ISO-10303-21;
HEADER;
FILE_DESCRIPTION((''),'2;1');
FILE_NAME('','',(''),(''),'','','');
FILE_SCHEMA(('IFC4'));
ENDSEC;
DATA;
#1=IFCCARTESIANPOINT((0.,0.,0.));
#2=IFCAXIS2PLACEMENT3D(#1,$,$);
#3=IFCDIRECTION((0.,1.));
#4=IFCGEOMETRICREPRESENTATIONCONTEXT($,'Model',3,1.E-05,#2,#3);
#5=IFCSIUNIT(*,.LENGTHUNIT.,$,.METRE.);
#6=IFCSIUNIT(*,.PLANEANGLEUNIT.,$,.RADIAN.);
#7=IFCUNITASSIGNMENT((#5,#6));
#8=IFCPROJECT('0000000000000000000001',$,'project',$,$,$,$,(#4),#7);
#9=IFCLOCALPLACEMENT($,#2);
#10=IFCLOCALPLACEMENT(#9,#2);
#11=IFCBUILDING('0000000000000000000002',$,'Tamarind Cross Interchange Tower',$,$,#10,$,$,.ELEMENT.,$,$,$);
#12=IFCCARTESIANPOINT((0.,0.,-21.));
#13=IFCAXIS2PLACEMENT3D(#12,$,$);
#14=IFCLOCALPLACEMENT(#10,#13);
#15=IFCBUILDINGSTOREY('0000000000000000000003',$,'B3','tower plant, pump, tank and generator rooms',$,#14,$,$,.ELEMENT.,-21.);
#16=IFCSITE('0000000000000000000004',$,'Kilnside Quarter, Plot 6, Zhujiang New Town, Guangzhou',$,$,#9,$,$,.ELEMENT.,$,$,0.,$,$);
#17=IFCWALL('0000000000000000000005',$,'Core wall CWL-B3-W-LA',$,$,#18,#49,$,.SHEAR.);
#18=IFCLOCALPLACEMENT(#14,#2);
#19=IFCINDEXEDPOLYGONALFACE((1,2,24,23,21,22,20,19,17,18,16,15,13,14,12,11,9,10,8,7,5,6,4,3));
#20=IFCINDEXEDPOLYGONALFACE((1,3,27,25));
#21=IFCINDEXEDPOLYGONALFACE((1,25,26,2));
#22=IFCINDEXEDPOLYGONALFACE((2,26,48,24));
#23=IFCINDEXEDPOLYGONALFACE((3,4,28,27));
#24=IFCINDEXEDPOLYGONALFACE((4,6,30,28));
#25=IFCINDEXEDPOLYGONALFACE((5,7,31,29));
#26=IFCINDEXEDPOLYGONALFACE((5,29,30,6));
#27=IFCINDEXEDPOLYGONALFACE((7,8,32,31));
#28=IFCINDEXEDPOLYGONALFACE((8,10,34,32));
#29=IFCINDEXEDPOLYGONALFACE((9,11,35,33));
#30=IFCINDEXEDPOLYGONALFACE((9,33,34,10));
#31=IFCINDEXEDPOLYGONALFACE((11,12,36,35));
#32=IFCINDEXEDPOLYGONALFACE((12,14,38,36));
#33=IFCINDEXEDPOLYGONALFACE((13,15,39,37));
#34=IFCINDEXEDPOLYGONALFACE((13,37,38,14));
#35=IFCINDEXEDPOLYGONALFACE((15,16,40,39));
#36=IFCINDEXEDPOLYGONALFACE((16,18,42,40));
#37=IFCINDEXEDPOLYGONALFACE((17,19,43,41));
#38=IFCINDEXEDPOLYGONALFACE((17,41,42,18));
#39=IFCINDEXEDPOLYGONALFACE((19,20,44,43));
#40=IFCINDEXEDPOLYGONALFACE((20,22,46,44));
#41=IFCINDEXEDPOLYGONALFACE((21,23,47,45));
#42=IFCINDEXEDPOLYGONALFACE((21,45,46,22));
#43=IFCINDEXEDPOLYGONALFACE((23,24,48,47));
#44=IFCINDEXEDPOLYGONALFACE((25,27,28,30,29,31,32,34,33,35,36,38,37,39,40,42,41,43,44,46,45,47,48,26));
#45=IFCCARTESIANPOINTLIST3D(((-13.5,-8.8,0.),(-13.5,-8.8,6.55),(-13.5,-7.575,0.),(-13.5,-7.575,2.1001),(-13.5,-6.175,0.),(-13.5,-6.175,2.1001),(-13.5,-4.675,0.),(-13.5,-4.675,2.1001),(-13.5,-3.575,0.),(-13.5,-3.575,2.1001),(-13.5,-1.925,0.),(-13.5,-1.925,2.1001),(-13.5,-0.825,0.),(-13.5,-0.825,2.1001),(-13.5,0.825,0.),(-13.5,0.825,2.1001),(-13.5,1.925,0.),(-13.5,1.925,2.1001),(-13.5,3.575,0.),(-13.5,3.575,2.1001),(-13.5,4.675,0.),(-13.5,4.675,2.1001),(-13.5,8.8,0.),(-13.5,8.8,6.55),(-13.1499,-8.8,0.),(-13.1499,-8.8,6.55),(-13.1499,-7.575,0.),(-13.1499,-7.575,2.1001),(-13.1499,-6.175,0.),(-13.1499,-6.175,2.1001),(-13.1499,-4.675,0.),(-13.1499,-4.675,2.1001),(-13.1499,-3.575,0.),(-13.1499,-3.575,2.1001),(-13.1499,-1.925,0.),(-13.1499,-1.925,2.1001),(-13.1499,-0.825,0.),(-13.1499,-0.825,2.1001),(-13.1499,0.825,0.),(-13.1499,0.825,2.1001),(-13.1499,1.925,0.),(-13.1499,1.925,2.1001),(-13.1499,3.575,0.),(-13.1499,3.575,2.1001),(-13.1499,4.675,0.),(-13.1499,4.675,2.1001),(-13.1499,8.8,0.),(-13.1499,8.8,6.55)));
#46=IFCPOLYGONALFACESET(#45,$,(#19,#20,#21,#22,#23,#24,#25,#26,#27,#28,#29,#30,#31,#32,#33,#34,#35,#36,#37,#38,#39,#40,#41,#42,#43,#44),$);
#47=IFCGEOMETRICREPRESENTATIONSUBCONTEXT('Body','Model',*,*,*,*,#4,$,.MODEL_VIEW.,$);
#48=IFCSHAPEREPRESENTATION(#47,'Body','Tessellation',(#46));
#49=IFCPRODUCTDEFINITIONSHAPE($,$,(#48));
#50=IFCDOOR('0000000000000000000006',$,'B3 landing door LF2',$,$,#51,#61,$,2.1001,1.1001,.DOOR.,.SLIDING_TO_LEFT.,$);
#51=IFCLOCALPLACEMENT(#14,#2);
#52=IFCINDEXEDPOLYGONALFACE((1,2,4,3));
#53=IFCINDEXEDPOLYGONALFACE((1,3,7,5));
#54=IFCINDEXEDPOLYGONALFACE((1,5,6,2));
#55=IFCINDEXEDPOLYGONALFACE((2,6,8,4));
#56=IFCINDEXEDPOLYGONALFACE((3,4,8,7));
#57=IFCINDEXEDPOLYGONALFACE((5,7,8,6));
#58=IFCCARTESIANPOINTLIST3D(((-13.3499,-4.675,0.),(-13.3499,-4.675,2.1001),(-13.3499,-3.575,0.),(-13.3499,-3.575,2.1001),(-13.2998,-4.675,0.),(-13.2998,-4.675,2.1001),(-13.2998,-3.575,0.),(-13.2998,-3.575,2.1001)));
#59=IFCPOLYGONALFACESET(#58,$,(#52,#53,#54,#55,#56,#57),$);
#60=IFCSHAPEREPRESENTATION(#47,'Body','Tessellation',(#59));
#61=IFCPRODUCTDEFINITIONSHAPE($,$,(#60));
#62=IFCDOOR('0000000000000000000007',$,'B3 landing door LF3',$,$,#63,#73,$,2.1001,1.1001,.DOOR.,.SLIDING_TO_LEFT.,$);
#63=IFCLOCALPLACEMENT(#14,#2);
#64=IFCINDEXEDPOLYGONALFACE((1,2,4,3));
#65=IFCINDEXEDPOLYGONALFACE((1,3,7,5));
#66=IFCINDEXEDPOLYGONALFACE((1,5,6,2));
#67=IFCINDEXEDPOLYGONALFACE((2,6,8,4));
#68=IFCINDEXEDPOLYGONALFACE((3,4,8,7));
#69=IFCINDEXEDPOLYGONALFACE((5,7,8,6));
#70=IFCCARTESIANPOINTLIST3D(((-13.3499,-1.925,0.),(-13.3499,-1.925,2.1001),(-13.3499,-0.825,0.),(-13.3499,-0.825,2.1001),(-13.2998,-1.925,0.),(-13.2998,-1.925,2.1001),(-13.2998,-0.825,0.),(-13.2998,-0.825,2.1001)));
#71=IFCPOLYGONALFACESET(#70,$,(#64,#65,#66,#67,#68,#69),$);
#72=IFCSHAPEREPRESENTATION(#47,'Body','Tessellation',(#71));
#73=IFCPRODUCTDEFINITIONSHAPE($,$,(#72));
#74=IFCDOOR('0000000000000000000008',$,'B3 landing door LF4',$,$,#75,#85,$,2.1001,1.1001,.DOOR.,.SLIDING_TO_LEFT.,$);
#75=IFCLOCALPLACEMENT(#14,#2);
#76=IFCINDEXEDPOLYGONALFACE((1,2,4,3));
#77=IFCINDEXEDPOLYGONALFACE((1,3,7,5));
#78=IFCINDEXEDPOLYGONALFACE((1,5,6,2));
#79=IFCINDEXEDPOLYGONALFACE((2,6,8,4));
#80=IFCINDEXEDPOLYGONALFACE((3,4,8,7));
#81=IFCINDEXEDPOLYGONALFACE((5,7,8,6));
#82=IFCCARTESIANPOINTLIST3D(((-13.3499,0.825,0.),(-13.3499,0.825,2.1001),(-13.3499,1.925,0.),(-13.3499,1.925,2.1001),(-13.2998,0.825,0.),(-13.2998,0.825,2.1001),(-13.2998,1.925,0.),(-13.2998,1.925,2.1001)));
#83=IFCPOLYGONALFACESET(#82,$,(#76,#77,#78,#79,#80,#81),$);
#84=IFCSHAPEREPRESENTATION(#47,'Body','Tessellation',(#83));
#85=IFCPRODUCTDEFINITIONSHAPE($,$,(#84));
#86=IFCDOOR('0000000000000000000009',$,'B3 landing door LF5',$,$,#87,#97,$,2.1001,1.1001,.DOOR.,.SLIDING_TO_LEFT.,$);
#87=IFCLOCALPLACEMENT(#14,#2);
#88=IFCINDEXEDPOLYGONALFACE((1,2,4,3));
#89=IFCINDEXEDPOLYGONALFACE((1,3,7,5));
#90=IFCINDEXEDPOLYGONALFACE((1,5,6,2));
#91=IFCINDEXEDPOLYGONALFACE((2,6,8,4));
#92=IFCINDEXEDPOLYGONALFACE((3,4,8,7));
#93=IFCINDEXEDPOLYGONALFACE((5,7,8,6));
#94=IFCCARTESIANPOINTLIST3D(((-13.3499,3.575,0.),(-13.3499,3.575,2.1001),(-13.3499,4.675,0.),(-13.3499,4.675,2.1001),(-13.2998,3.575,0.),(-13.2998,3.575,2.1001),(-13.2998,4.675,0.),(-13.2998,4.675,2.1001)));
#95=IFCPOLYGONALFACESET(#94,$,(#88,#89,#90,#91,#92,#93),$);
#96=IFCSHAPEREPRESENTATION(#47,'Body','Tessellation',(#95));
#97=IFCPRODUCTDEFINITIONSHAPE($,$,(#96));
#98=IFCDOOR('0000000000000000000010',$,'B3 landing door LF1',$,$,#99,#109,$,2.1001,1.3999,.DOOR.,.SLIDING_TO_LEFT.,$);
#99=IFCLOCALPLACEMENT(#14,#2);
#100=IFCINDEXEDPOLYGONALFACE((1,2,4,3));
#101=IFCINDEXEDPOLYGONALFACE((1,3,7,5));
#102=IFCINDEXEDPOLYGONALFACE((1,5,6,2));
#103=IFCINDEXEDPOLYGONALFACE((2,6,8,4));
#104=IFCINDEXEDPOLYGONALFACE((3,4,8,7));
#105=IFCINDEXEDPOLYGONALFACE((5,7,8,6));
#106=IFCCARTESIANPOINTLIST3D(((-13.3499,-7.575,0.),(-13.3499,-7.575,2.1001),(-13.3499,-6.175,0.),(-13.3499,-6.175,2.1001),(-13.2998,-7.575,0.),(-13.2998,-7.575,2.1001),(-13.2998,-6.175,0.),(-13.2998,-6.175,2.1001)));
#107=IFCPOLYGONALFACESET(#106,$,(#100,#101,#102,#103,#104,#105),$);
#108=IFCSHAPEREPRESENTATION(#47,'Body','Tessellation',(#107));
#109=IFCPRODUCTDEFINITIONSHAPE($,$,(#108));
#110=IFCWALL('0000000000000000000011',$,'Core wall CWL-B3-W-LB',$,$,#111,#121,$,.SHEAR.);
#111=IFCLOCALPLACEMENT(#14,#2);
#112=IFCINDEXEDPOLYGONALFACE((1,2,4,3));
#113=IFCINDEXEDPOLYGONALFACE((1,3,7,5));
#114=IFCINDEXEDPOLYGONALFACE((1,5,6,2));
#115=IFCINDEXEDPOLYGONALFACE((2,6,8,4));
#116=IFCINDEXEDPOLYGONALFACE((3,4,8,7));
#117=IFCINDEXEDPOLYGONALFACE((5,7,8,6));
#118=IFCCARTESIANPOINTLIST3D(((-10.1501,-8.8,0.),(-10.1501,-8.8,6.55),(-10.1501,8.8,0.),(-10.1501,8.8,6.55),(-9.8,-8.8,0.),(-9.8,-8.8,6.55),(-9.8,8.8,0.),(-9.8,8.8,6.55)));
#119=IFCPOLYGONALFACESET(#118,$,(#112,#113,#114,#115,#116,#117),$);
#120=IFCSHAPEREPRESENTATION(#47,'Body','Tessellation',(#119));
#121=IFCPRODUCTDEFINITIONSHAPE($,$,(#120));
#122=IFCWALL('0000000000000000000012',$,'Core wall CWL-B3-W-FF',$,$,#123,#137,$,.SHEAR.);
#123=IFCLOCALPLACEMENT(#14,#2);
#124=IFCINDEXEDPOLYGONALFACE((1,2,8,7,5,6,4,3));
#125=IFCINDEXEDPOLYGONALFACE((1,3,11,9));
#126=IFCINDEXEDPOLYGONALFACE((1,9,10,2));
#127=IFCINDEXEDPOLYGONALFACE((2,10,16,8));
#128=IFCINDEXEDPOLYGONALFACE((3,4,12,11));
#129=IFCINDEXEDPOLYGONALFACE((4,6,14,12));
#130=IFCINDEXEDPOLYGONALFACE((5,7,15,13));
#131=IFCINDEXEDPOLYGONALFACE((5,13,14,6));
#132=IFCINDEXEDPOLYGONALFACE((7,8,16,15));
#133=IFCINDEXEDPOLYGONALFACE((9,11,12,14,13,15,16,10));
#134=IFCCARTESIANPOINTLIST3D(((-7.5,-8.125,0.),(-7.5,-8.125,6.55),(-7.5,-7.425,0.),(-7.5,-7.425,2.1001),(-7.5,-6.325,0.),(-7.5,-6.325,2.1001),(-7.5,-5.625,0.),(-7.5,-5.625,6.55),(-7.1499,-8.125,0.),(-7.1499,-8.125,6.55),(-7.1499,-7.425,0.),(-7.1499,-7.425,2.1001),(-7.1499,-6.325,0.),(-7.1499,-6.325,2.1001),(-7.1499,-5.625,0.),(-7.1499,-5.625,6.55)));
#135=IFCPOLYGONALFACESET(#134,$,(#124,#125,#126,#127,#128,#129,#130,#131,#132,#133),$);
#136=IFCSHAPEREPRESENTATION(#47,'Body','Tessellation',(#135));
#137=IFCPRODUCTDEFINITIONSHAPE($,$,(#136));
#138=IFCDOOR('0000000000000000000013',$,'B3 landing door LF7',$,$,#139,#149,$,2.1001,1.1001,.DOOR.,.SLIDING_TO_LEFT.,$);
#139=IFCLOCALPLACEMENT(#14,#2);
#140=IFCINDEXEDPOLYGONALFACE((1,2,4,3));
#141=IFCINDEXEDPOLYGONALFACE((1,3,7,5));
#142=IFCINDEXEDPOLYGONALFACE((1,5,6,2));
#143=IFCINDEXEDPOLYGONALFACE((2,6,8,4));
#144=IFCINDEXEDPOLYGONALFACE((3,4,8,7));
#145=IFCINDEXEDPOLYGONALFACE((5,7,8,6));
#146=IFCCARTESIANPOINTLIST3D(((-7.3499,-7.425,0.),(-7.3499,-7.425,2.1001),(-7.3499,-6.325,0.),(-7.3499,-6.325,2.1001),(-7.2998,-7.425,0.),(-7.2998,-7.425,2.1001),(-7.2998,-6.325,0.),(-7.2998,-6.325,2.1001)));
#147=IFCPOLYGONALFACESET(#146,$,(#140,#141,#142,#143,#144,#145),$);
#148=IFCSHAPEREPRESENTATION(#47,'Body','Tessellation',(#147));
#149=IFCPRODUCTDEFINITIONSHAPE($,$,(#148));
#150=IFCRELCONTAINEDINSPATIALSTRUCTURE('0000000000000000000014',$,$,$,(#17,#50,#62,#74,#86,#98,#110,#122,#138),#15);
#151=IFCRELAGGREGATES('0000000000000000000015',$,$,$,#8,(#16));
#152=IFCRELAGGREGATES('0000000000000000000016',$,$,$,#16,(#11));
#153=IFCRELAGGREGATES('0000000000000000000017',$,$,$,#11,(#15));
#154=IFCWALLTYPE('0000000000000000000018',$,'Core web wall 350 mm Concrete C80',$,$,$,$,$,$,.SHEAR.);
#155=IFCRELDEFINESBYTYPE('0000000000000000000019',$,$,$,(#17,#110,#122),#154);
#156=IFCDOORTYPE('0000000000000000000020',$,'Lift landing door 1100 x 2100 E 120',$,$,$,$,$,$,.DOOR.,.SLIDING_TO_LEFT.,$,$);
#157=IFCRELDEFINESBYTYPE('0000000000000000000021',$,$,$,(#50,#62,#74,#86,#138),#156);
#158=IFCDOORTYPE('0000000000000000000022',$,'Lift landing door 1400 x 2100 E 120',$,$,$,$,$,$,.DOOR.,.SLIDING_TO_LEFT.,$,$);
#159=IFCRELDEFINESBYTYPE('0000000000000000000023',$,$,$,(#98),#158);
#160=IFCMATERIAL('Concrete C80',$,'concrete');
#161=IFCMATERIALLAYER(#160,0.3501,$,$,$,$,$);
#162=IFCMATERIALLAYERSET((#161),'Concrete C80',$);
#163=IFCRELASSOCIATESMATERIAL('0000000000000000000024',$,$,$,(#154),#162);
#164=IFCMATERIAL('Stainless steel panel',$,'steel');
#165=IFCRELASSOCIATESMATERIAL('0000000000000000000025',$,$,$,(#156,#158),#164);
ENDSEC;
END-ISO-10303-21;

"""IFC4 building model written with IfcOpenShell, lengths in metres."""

from ifc_helpers import new_model, si_unit, direction, frame, frame_2d, origin, place, context, subcontext, project, spatial, rectangle, extrude, material, layer, layer_set, type_object, element, fill, save


model = new_model("IFC4")

# Units and contexts
model_context = context("Model", 3, precision=1e-05, world=origin(), true_north=direction((0.0, 1.0)))
body_context = subcontext(model_context, "Body", "Model", "MODEL_VIEW")
ifc_project = project(units=[si_unit("LENGTHUNIT", "METRE"), si_unit("PLANEANGLEUNIT", "RADIAN")], contexts=[model_context])

# Site, building, storey
site_placement = place(None, origin())
site = spatial("IfcSite", under=ifc_project, at=site_placement, Name="Kilnside Quarter, Plot 6, Zhujiang New Town, Guangzhou", CompositionType="ELEMENT", RefElevation=0.0)
building_placement = place(site_placement, origin())
building = spatial("IfcBuilding", under=site, at=building_placement, Name="Tamarind Cross Interchange Tower", CompositionType="ELEMENT")
storey_placement = place(building_placement, frame((0.0, 0.0, -21.0)))
storey = spatial("IfcBuildingStorey", under=building, at=storey_placement, Name="B3", Description="tower plant, pump, tank and generator rooms", CompositionType="ELEMENT", Elevation=-21.0)

# Shared definitions
ifc_material_1 = material(Name="Concrete C80", Category="concrete")

# Shared definitions
ifc_layer_1 = layer(ifc_material_1, 0.3501)
ifc_layer_set_1 = layer_set([ifc_layer_1], Name="Concrete C80")
wall_type_1 = type_object("IfcWallType", Name="Core web wall 350 mm Concrete C80", PredefinedType="SHEAR", material=ifc_layer_set_1)

# Wall, openings, doors
wall_1_placement = place(storey_placement, frame((-13.325, -8.8, 0.0), z_axis=(0.0, 0.0, 1.0), x_axis=(0.0, 1.0, 0.0)))
wall_1 = element("IfcWall", 1, at=wall_1_placement, inside=storey, type_object=wall_type_1, Name="Core wall CWL-B3-W-LA", PredefinedType="SHEAR", context=body_context, shape_type="SweptSolid", body=[
    extrude(rectangle(XDim=17.6001, YDim=0.3501, at=frame_2d((8.8, 0.0))), origin(), (0.0, 0.0, 1.0), 6.55),
])
opening_1_placement = place(wall_1_placement, frame((1.2251, 0.0, 0.0)))
opening_1 = element("IfcOpeningElement", 2, at=opening_1_placement, cuts=wall_1, PredefinedType="OPENING", context=body_context, shape_type="SweptSolid", body=[
    extrude(rectangle(XDim=1.3999, YDim=2.1001, at=frame_2d((0.7, 1.05))), frame((0.0, 0.1851, 0.0), z_axis=(0.0, -1.0, 0.0), x_axis=(1.0, 0.0, 0.0)), (0.0, 0.0, 1.0), 0.3701),
])
opening_2_placement = place(wall_1_placement, frame((4.125, 0.0, 0.0)))
opening_2 = element("IfcOpeningElement", 3, at=opening_2_placement, cuts=wall_1, PredefinedType="OPENING", context=body_context, shape_type="SweptSolid", body=[
    extrude(rectangle(XDim=1.1001, YDim=2.1001, at=frame_2d((0.55, 1.05))), frame((0.0, 0.1851, 0.0), z_axis=(0.0, -1.0, 0.0), x_axis=(1.0, 0.0, 0.0)), (0.0, 0.0, 1.0), 0.3701),
])
opening_3_placement = place(wall_1_placement, frame((6.875, 0.0, 0.0)))
opening_3 = element("IfcOpeningElement", 4, at=opening_3_placement, cuts=wall_1, PredefinedType="OPENING", context=body_context, shape_type="SweptSolid", body=[
    extrude(rectangle(XDim=1.1001, YDim=2.1001, at=frame_2d((0.55, 1.05))), frame((0.0, 0.1851, 0.0), z_axis=(0.0, -1.0, 0.0), x_axis=(1.0, 0.0, 0.0)), (0.0, 0.0, 1.0), 0.3701),
])
opening_4_placement = place(wall_1_placement, frame((9.625, 0.0, 0.0)))
opening_4 = element("IfcOpeningElement", 5, at=opening_4_placement, cuts=wall_1, PredefinedType="OPENING", context=body_context, shape_type="SweptSolid", body=[
    extrude(rectangle(XDim=1.1001, YDim=2.1001, at=frame_2d((0.55, 1.05))), frame((0.0, 0.1851, 0.0), z_axis=(0.0, -1.0, 0.0), x_axis=(1.0, 0.0, 0.0)), (0.0, 0.0, 1.0), 0.3701),
])
opening_5_placement = place(wall_1_placement, frame((12.375, 0.0, 0.0)))
opening_5 = element("IfcOpeningElement", 6, at=opening_5_placement, cuts=wall_1, PredefinedType="OPENING", context=body_context, shape_type="SweptSolid", body=[
    extrude(rectangle(XDim=1.1001, YDim=2.1001, at=frame_2d((0.55, 1.05))), frame((0.0, 0.1851, 0.0), z_axis=(0.0, -1.0, 0.0), x_axis=(1.0, 0.0, 0.0)), (0.0, 0.0, 1.0), 0.3701),
])
ifc_material_2 = material(Name="Stainless steel panel", Category="steel")
door_type_1 = type_object("IfcDoorType", Name="Lift landing door 1100 x 2100 E 120", OperationType="SLIDING_TO_LEFT", PredefinedType="DOOR", material=ifc_material_2)
door_1_placement = place(opening_2_placement, origin())
door_1 = element("IfcDoor", 7, at=door_1_placement, inside=storey, type_object=door_type_1, Name="B3 landing door LF2", OperationType="SLIDING_TO_LEFT", OverallHeight=2.1001, OverallWidth=1.1001, PredefinedType="DOOR", context=body_context, shape_type="SweptSolid", body=[
    extrude(rectangle(XDim=1.1001, YDim=2.1001, at=frame_2d((0.55, 1.05))), frame((0.0, 0.0249, 0.0), z_axis=(0.0, -1.0, 0.0), x_axis=(1.0, 0.0, 0.0)), (0.0, 0.0, 1.0), 0.05),
])
fill(opening_2, door_1)
door_2_placement = place(opening_3_placement, origin())
door_2 = element("IfcDoor", 8, at=door_2_placement, inside=storey, type_object=door_type_1, Name="B3 landing door LF3", OperationType="SLIDING_TO_LEFT", OverallHeight=2.1001, OverallWidth=1.1001, PredefinedType="DOOR", context=body_context, shape_type="SweptSolid", body=[
    extrude(rectangle(XDim=1.1001, YDim=2.1001, at=frame_2d((0.55, 1.05))), frame((0.0, 0.0249, 0.0), z_axis=(0.0, -1.0, 0.0), x_axis=(1.0, 0.0, 0.0)), (0.0, 0.0, 1.0), 0.05),
])
fill(opening_3, door_2)
door_3_placement = place(opening_4_placement, origin())
door_3 = element("IfcDoor", 9, at=door_3_placement, inside=storey, type_object=door_type_1, Name="B3 landing door LF4", OperationType="SLIDING_TO_LEFT", OverallHeight=2.1001, OverallWidth=1.1001, PredefinedType="DOOR", context=body_context, shape_type="SweptSolid", body=[
    extrude(rectangle(XDim=1.1001, YDim=2.1001, at=frame_2d((0.55, 1.05))), frame((0.0, 0.0249, 0.0), z_axis=(0.0, -1.0, 0.0), x_axis=(1.0, 0.0, 0.0)), (0.0, 0.0, 1.0), 0.05),
])
fill(opening_4, door_3)
door_4_placement = place(opening_5_placement, origin())
door_4 = element("IfcDoor", 10, at=door_4_placement, inside=storey, type_object=door_type_1, Name="B3 landing door LF5", OperationType="SLIDING_TO_LEFT", OverallHeight=2.1001, OverallWidth=1.1001, PredefinedType="DOOR", context=body_context, shape_type="SweptSolid", body=[
    extrude(rectangle(XDim=1.1001, YDim=2.1001, at=frame_2d((0.55, 1.05))), frame((0.0, 0.0249, 0.0), z_axis=(0.0, -1.0, 0.0), x_axis=(1.0, 0.0, 0.0)), (0.0, 0.0, 1.0), 0.05),
])
fill(opening_5, door_4)
door_type_2 = type_object("IfcDoorType", Name="Lift landing door 1400 x 2100 E 120", OperationType="SLIDING_TO_LEFT", PredefinedType="DOOR", material=ifc_material_2)
door_5_placement = place(opening_1_placement, origin())
door_5 = element("IfcDoor", 11, at=door_5_placement, inside=storey, type_object=door_type_2, Name="B3 landing door LF1", OperationType="SLIDING_TO_LEFT", OverallHeight=2.1001, OverallWidth=1.3999, PredefinedType="DOOR", context=body_context, shape_type="SweptSolid", body=[
    extrude(rectangle(XDim=1.3999, YDim=2.1001, at=frame_2d((0.7, 1.05))), frame((0.0, 0.0249, 0.0), z_axis=(0.0, -1.0, 0.0), x_axis=(1.0, 0.0, 0.0)), (0.0, 0.0, 1.0), 0.05),
])
fill(opening_1, door_5)

# Wall
wall_2_placement = place(storey_placement, frame((-9.9751, -8.8, 0.0), z_axis=(0.0, 0.0, 1.0), x_axis=(0.0, 1.0, 0.0)))
element("IfcWall", 12, at=wall_2_placement, inside=storey, type_object=wall_type_1, Name="Core wall CWL-B3-W-LB", PredefinedType="SHEAR", context=body_context, shape_type="SweptSolid", body=[
    extrude(rectangle(XDim=17.6001, YDim=0.3501, at=frame_2d((8.8, 0.0))), origin(), (0.0, 0.0, 1.0), 6.55),
])

# Wall, opening, door
wall_3_placement = place(storey_placement, frame((-7.325, -8.125, 0.0), z_axis=(0.0, 0.0, 1.0), x_axis=(0.0, 1.0, 0.0)))
wall_3 = element("IfcWall", 13, at=wall_3_placement, inside=storey, type_object=wall_type_1, Name="Core wall CWL-B3-W-FF", PredefinedType="SHEAR", context=body_context, shape_type="SweptSolid", body=[
    extrude(rectangle(XDim=2.5, YDim=0.3501, at=frame_2d((1.25, 0.0))), origin(), (0.0, 0.0, 1.0), 6.55),
])
opening_6_placement = place(wall_3_placement, frame((0.7, 0.0, 0.0)))
opening_6 = element("IfcOpeningElement", 14, at=opening_6_placement, cuts=wall_3, PredefinedType="OPENING", context=body_context, shape_type="SweptSolid", body=[
    extrude(rectangle(XDim=1.1001, YDim=2.1001, at=frame_2d((0.55, 1.05))), frame((0.0, 0.1851, 0.0), z_axis=(0.0, -1.0, 0.0), x_axis=(1.0, 0.0, 0.0)), (0.0, 0.0, 1.0), 0.3701),
])
door_6_placement = place(opening_6_placement, origin())
door_6 = element("IfcDoor", 15, at=door_6_placement, inside=storey, type_object=door_type_1, Name="B3 landing door LF7", OperationType="SLIDING_TO_LEFT", OverallHeight=2.1001, OverallWidth=1.1001, PredefinedType="DOOR", context=body_context, shape_type="SweptSolid", body=[
    extrude(rectangle(XDim=1.1001, YDim=2.1001, at=frame_2d((0.55, 1.05))), frame((0.0, 0.0249, 0.0), z_axis=(0.0, -1.0, 0.0), x_axis=(1.0, 0.0, 0.0)), (0.0, 0.0, 1.0), 0.05),
])
fill(opening_6, door_6)

save(model, "model.ifc")
